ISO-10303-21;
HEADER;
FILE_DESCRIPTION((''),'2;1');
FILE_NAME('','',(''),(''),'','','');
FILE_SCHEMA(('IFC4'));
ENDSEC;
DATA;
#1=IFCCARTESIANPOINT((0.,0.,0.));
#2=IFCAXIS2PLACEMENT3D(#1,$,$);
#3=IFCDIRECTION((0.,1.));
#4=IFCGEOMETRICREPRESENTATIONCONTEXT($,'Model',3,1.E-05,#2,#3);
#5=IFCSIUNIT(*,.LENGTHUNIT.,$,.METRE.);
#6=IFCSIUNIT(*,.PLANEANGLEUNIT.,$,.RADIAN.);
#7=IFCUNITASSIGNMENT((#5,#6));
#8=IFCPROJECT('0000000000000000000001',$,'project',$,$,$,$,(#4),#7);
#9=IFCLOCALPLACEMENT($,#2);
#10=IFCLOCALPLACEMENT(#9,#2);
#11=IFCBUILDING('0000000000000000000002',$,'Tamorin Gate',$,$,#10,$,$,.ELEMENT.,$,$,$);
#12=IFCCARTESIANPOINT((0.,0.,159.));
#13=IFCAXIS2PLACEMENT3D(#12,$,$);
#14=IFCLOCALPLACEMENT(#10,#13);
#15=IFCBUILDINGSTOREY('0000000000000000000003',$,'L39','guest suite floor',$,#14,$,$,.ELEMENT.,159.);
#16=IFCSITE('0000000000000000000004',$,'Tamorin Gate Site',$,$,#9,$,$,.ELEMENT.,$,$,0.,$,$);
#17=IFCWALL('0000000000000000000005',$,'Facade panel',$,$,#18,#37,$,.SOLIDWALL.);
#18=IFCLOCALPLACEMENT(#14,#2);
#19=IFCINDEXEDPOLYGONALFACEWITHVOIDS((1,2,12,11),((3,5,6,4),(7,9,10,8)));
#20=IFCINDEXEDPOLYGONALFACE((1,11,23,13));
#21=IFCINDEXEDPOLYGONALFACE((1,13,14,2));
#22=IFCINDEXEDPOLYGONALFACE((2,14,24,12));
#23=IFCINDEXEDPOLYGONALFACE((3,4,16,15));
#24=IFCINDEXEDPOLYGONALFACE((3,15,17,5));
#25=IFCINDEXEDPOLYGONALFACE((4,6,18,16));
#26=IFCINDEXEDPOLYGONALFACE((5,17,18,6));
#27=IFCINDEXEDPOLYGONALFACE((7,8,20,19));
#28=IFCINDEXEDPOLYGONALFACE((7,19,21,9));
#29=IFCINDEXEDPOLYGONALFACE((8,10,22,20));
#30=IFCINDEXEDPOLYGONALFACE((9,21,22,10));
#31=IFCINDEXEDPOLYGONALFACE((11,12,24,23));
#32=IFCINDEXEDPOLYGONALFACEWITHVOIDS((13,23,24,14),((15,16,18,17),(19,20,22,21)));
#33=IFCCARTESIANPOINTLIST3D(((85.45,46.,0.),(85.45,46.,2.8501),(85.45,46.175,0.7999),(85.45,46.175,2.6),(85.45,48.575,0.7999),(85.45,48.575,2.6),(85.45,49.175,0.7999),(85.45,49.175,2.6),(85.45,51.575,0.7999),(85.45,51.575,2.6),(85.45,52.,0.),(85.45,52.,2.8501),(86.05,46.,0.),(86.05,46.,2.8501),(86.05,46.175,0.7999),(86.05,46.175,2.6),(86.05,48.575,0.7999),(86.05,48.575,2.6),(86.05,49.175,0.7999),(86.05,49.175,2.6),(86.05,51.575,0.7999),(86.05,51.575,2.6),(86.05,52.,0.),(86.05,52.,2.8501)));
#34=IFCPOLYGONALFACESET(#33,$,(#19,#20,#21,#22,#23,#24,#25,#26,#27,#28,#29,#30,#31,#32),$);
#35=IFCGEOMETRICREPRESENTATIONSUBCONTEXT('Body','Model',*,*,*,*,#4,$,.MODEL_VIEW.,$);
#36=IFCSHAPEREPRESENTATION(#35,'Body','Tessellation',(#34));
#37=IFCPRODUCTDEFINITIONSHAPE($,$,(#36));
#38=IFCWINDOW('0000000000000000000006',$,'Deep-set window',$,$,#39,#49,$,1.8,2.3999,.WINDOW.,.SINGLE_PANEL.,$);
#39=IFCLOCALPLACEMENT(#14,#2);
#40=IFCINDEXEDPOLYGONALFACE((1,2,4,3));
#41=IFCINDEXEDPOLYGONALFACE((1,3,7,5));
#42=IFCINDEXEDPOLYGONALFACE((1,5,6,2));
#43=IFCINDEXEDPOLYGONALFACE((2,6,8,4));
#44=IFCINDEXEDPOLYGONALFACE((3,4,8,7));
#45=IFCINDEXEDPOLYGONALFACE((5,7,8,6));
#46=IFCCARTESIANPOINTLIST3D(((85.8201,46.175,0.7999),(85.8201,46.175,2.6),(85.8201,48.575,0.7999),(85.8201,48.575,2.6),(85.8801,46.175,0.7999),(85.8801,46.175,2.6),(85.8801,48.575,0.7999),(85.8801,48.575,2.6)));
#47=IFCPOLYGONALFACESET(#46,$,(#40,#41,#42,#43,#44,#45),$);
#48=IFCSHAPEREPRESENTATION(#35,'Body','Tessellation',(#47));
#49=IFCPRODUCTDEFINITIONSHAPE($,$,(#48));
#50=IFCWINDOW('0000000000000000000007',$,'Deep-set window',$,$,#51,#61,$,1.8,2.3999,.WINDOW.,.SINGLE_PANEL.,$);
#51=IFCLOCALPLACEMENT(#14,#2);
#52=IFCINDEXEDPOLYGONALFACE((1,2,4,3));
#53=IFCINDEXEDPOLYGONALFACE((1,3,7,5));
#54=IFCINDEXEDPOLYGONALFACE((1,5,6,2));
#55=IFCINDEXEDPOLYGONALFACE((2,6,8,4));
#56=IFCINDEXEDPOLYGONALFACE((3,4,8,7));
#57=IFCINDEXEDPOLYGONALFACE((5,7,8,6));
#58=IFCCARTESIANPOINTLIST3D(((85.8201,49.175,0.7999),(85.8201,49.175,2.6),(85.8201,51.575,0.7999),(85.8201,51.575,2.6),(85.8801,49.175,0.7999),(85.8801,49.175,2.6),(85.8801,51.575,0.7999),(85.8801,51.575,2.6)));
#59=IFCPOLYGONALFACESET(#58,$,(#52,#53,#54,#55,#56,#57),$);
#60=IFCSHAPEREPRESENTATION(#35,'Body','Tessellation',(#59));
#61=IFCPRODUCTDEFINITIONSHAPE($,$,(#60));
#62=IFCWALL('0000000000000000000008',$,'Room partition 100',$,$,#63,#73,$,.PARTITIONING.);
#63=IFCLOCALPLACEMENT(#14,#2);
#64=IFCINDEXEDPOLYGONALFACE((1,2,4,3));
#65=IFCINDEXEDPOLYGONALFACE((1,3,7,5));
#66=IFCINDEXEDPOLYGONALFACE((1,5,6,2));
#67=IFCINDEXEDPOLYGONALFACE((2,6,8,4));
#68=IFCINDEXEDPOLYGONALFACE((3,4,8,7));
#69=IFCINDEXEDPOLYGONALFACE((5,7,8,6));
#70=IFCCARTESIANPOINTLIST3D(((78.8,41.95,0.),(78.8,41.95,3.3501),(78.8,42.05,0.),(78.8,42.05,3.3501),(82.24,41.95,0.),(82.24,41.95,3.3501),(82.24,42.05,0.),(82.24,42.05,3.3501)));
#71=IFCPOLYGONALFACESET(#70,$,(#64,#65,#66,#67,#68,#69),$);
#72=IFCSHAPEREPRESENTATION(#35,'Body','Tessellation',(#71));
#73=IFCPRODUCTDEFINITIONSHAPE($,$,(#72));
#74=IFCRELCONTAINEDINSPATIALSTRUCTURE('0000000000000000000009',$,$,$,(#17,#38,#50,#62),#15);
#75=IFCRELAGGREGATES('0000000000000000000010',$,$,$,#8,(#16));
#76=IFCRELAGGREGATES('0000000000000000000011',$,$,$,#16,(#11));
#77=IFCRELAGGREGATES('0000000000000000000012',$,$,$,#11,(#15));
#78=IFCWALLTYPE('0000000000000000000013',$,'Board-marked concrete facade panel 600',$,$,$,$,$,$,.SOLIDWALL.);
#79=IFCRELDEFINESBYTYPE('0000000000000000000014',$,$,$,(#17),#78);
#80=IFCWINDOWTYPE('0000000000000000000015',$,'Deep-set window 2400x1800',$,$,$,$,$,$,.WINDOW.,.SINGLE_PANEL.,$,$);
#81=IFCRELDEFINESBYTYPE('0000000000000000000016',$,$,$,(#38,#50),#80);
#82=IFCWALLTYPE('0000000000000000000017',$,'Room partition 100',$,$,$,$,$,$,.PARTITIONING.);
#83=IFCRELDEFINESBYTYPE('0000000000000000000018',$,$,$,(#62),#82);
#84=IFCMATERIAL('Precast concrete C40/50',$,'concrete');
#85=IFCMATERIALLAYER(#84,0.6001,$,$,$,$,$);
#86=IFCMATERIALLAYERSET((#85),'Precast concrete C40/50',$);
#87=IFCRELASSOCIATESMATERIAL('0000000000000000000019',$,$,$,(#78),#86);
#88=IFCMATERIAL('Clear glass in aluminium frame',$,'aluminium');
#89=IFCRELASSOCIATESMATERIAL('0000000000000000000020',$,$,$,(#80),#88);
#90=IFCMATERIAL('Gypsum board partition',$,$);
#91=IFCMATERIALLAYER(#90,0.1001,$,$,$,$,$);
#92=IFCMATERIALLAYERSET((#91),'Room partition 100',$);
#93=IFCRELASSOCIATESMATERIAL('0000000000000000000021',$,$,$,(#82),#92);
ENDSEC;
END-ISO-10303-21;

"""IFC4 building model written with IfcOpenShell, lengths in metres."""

from ifc_helpers import new_model, si_unit, direction, frame, frame_2d, origin, place, context, subcontext, project, spatial, rectangle, extrude, material, layer, layer_set, type_object, element, fill, save


model = new_model("IFC4")

# Units and contexts
model_context = context("Model", 3, precision=1e-05, world=origin(), true_north=direction((0.0, 1.0)))
body_context = subcontext(model_context, "Body", "Model", "MODEL_VIEW")
ifc_project = project(units=[si_unit("LENGTHUNIT", "METRE"), si_unit("PLANEANGLEUNIT", "RADIAN")], contexts=[model_context])

# Site, building, storey
site_placement = place(None, origin())
site = spatial("IfcSite", under=ifc_project, at=site_placement, Name="Tamorin Gate Site", CompositionType="ELEMENT", RefElevation=0.0)
building_placement = place(site_placement, origin())
building = spatial("IfcBuilding", under=site, at=building_placement, Name="Tamorin Gate", CompositionType="ELEMENT")
storey_placement = place(building_placement, frame((0.0, 0.0, 159.0)))
storey = spatial("IfcBuildingStorey", under=building, at=storey_placement, Name="L39", Description="guest suite floor", CompositionType="ELEMENT", Elevation=159.0)

# Shared definitions
ifc_material_1 = material(Name="Precast concrete C40/50", Category="concrete")
ifc_layer_1 = layer(ifc_material_1, 0.6001)
ifc_layer_set_1 = layer_set([ifc_layer_1], Name="Precast concrete C40/50")
wall_type_1 = type_object("IfcWallType", Name="Board-marked concrete facade panel 600", PredefinedType="SOLIDWALL", material=ifc_layer_set_1)
ifc_material_2 = material(Name="Clear glass in aluminium frame", Category="aluminium")
window_type_1 = type_object("IfcWindowType", Name="Deep-set window 2400x1800", PartitioningType="SINGLE_PANEL", PredefinedType="WINDOW", material=ifc_material_2)

# Wall, openings, windows
wall_1_placement = place(storey_placement, frame((85.75, 46.0, 0.0), z_axis=(0.0, 0.0, 1.0), x_axis=(0.0, 1.0, 0.0)))
wall_1 = element("IfcWall", 1, at=wall_1_placement, inside=storey, type_object=wall_type_1, Name="Facade panel", PredefinedType="SOLIDWALL", context=body_context, shape_type="SweptSolid", body=[
    extrude(rectangle(XDim=6.0, YDim=0.6001, at=frame_2d((3.0, 0.0))), origin(), (0.0, 0.0, 1.0), 2.8501),
])
opening_1_placement = place(wall_1_placement, frame((0.175, 0.0, 0.8)))
opening_1 = element("IfcOpeningElement", 2, at=opening_1_placement, cuts=wall_1, PredefinedType="OPENING", context=body_context, shape_type="SweptSolid", body=[
    extrude(rectangle(XDim=2.3999, YDim=1.8, at=frame_2d((1.2, 0.8999))), frame((0.0, 0.3101, 0.0), z_axis=(0.0, -1.0, 0.0), x_axis=(1.0, 0.0, 0.0)), (0.0, 0.0, 1.0), 0.6201),
])
opening_2_placement = place(wall_1_placement, frame((3.175, 0.0, 0.8)))
opening_2 = element("IfcOpeningElement", 3, at=opening_2_placement, cuts=wall_1, PredefinedType="OPENING", context=body_context, shape_type="SweptSolid", body=[
    extrude(rectangle(XDim=2.3999, YDim=1.8, at=frame_2d((1.2, 0.8999))), frame((0.0, 0.3101, 0.0), z_axis=(0.0, -1.0, 0.0), x_axis=(1.0, 0.0, 0.0)), (0.0, 0.0, 1.0), 0.6201),
])
window_1_placement = place(opening_1_placement, origin())
window_1 = element("IfcWindow", 4, at=window_1_placement, inside=storey, type_object=window_type_1, Name="Deep-set window", OverallHeight=1.8, OverallWidth=2.3999, PartitioningType="SINGLE_PANEL", PredefinedType="WINDOW", context=body_context, shape_type="SweptSolid", body=[
    extrude(rectangle(XDim=2.3999, YDim=1.8, at=frame_2d((1.2, 0.8999))), frame((0.0, -0.0701, 0.0), z_axis=(0.0, -1.0, 0.0), x_axis=(1.0, 0.0, 0.0)), (0.0, 0.0, 1.0), 0.0601),
])
fill(opening_1, window_1)
window_2_placement = place(opening_2_placement, origin())
window_2 = element("IfcWindow", 5, at=window_2_placement, inside=storey, type_object=window_type_1, Name="Deep-set window", OverallHeight=1.8, OverallWidth=2.3999, PartitioningType="SINGLE_PANEL", PredefinedType="WINDOW", context=body_context, shape_type="SweptSolid", body=[
    extrude(rectangle(XDim=2.3999, YDim=1.8, at=frame_2d((1.2, 0.8999))), frame((0.0, -0.0701, 0.0), z_axis=(0.0, -1.0, 0.0), x_axis=(1.0, 0.0, 0.0)), (0.0, 0.0, 1.0), 0.0601),
])
fill(opening_2, window_2)

# Wall
ifc_material_3 = material(Name="Gypsum board partition")
ifc_layer_2 = layer(ifc_material_3, 0.1001)
ifc_layer_set_2 = layer_set([ifc_layer_2], Name="Room partition 100")
wall_type_2 = type_object("IfcWallType", Name="Room partition 100", PredefinedType="PARTITIONING", material=ifc_layer_set_2)
wall_2_placement = place(storey_placement, frame((78.8, 42.0, 0.0), z_axis=(0.0, 0.0, 1.0), x_axis=(1.0, 0.0, 0.0)))
element("IfcWall", 6, at=wall_2_placement, inside=storey, type_object=wall_type_2, Name="Room partition 100", PredefinedType="PARTITIONING", context=body_context, shape_type="SweptSolid", body=[
    extrude(rectangle(XDim=3.4399, YDim=0.1001, at=frame_2d((1.72, 0.0))), origin(), (0.0, 0.0, 1.0), 3.3501),
])

save(model, "model.ifc")
